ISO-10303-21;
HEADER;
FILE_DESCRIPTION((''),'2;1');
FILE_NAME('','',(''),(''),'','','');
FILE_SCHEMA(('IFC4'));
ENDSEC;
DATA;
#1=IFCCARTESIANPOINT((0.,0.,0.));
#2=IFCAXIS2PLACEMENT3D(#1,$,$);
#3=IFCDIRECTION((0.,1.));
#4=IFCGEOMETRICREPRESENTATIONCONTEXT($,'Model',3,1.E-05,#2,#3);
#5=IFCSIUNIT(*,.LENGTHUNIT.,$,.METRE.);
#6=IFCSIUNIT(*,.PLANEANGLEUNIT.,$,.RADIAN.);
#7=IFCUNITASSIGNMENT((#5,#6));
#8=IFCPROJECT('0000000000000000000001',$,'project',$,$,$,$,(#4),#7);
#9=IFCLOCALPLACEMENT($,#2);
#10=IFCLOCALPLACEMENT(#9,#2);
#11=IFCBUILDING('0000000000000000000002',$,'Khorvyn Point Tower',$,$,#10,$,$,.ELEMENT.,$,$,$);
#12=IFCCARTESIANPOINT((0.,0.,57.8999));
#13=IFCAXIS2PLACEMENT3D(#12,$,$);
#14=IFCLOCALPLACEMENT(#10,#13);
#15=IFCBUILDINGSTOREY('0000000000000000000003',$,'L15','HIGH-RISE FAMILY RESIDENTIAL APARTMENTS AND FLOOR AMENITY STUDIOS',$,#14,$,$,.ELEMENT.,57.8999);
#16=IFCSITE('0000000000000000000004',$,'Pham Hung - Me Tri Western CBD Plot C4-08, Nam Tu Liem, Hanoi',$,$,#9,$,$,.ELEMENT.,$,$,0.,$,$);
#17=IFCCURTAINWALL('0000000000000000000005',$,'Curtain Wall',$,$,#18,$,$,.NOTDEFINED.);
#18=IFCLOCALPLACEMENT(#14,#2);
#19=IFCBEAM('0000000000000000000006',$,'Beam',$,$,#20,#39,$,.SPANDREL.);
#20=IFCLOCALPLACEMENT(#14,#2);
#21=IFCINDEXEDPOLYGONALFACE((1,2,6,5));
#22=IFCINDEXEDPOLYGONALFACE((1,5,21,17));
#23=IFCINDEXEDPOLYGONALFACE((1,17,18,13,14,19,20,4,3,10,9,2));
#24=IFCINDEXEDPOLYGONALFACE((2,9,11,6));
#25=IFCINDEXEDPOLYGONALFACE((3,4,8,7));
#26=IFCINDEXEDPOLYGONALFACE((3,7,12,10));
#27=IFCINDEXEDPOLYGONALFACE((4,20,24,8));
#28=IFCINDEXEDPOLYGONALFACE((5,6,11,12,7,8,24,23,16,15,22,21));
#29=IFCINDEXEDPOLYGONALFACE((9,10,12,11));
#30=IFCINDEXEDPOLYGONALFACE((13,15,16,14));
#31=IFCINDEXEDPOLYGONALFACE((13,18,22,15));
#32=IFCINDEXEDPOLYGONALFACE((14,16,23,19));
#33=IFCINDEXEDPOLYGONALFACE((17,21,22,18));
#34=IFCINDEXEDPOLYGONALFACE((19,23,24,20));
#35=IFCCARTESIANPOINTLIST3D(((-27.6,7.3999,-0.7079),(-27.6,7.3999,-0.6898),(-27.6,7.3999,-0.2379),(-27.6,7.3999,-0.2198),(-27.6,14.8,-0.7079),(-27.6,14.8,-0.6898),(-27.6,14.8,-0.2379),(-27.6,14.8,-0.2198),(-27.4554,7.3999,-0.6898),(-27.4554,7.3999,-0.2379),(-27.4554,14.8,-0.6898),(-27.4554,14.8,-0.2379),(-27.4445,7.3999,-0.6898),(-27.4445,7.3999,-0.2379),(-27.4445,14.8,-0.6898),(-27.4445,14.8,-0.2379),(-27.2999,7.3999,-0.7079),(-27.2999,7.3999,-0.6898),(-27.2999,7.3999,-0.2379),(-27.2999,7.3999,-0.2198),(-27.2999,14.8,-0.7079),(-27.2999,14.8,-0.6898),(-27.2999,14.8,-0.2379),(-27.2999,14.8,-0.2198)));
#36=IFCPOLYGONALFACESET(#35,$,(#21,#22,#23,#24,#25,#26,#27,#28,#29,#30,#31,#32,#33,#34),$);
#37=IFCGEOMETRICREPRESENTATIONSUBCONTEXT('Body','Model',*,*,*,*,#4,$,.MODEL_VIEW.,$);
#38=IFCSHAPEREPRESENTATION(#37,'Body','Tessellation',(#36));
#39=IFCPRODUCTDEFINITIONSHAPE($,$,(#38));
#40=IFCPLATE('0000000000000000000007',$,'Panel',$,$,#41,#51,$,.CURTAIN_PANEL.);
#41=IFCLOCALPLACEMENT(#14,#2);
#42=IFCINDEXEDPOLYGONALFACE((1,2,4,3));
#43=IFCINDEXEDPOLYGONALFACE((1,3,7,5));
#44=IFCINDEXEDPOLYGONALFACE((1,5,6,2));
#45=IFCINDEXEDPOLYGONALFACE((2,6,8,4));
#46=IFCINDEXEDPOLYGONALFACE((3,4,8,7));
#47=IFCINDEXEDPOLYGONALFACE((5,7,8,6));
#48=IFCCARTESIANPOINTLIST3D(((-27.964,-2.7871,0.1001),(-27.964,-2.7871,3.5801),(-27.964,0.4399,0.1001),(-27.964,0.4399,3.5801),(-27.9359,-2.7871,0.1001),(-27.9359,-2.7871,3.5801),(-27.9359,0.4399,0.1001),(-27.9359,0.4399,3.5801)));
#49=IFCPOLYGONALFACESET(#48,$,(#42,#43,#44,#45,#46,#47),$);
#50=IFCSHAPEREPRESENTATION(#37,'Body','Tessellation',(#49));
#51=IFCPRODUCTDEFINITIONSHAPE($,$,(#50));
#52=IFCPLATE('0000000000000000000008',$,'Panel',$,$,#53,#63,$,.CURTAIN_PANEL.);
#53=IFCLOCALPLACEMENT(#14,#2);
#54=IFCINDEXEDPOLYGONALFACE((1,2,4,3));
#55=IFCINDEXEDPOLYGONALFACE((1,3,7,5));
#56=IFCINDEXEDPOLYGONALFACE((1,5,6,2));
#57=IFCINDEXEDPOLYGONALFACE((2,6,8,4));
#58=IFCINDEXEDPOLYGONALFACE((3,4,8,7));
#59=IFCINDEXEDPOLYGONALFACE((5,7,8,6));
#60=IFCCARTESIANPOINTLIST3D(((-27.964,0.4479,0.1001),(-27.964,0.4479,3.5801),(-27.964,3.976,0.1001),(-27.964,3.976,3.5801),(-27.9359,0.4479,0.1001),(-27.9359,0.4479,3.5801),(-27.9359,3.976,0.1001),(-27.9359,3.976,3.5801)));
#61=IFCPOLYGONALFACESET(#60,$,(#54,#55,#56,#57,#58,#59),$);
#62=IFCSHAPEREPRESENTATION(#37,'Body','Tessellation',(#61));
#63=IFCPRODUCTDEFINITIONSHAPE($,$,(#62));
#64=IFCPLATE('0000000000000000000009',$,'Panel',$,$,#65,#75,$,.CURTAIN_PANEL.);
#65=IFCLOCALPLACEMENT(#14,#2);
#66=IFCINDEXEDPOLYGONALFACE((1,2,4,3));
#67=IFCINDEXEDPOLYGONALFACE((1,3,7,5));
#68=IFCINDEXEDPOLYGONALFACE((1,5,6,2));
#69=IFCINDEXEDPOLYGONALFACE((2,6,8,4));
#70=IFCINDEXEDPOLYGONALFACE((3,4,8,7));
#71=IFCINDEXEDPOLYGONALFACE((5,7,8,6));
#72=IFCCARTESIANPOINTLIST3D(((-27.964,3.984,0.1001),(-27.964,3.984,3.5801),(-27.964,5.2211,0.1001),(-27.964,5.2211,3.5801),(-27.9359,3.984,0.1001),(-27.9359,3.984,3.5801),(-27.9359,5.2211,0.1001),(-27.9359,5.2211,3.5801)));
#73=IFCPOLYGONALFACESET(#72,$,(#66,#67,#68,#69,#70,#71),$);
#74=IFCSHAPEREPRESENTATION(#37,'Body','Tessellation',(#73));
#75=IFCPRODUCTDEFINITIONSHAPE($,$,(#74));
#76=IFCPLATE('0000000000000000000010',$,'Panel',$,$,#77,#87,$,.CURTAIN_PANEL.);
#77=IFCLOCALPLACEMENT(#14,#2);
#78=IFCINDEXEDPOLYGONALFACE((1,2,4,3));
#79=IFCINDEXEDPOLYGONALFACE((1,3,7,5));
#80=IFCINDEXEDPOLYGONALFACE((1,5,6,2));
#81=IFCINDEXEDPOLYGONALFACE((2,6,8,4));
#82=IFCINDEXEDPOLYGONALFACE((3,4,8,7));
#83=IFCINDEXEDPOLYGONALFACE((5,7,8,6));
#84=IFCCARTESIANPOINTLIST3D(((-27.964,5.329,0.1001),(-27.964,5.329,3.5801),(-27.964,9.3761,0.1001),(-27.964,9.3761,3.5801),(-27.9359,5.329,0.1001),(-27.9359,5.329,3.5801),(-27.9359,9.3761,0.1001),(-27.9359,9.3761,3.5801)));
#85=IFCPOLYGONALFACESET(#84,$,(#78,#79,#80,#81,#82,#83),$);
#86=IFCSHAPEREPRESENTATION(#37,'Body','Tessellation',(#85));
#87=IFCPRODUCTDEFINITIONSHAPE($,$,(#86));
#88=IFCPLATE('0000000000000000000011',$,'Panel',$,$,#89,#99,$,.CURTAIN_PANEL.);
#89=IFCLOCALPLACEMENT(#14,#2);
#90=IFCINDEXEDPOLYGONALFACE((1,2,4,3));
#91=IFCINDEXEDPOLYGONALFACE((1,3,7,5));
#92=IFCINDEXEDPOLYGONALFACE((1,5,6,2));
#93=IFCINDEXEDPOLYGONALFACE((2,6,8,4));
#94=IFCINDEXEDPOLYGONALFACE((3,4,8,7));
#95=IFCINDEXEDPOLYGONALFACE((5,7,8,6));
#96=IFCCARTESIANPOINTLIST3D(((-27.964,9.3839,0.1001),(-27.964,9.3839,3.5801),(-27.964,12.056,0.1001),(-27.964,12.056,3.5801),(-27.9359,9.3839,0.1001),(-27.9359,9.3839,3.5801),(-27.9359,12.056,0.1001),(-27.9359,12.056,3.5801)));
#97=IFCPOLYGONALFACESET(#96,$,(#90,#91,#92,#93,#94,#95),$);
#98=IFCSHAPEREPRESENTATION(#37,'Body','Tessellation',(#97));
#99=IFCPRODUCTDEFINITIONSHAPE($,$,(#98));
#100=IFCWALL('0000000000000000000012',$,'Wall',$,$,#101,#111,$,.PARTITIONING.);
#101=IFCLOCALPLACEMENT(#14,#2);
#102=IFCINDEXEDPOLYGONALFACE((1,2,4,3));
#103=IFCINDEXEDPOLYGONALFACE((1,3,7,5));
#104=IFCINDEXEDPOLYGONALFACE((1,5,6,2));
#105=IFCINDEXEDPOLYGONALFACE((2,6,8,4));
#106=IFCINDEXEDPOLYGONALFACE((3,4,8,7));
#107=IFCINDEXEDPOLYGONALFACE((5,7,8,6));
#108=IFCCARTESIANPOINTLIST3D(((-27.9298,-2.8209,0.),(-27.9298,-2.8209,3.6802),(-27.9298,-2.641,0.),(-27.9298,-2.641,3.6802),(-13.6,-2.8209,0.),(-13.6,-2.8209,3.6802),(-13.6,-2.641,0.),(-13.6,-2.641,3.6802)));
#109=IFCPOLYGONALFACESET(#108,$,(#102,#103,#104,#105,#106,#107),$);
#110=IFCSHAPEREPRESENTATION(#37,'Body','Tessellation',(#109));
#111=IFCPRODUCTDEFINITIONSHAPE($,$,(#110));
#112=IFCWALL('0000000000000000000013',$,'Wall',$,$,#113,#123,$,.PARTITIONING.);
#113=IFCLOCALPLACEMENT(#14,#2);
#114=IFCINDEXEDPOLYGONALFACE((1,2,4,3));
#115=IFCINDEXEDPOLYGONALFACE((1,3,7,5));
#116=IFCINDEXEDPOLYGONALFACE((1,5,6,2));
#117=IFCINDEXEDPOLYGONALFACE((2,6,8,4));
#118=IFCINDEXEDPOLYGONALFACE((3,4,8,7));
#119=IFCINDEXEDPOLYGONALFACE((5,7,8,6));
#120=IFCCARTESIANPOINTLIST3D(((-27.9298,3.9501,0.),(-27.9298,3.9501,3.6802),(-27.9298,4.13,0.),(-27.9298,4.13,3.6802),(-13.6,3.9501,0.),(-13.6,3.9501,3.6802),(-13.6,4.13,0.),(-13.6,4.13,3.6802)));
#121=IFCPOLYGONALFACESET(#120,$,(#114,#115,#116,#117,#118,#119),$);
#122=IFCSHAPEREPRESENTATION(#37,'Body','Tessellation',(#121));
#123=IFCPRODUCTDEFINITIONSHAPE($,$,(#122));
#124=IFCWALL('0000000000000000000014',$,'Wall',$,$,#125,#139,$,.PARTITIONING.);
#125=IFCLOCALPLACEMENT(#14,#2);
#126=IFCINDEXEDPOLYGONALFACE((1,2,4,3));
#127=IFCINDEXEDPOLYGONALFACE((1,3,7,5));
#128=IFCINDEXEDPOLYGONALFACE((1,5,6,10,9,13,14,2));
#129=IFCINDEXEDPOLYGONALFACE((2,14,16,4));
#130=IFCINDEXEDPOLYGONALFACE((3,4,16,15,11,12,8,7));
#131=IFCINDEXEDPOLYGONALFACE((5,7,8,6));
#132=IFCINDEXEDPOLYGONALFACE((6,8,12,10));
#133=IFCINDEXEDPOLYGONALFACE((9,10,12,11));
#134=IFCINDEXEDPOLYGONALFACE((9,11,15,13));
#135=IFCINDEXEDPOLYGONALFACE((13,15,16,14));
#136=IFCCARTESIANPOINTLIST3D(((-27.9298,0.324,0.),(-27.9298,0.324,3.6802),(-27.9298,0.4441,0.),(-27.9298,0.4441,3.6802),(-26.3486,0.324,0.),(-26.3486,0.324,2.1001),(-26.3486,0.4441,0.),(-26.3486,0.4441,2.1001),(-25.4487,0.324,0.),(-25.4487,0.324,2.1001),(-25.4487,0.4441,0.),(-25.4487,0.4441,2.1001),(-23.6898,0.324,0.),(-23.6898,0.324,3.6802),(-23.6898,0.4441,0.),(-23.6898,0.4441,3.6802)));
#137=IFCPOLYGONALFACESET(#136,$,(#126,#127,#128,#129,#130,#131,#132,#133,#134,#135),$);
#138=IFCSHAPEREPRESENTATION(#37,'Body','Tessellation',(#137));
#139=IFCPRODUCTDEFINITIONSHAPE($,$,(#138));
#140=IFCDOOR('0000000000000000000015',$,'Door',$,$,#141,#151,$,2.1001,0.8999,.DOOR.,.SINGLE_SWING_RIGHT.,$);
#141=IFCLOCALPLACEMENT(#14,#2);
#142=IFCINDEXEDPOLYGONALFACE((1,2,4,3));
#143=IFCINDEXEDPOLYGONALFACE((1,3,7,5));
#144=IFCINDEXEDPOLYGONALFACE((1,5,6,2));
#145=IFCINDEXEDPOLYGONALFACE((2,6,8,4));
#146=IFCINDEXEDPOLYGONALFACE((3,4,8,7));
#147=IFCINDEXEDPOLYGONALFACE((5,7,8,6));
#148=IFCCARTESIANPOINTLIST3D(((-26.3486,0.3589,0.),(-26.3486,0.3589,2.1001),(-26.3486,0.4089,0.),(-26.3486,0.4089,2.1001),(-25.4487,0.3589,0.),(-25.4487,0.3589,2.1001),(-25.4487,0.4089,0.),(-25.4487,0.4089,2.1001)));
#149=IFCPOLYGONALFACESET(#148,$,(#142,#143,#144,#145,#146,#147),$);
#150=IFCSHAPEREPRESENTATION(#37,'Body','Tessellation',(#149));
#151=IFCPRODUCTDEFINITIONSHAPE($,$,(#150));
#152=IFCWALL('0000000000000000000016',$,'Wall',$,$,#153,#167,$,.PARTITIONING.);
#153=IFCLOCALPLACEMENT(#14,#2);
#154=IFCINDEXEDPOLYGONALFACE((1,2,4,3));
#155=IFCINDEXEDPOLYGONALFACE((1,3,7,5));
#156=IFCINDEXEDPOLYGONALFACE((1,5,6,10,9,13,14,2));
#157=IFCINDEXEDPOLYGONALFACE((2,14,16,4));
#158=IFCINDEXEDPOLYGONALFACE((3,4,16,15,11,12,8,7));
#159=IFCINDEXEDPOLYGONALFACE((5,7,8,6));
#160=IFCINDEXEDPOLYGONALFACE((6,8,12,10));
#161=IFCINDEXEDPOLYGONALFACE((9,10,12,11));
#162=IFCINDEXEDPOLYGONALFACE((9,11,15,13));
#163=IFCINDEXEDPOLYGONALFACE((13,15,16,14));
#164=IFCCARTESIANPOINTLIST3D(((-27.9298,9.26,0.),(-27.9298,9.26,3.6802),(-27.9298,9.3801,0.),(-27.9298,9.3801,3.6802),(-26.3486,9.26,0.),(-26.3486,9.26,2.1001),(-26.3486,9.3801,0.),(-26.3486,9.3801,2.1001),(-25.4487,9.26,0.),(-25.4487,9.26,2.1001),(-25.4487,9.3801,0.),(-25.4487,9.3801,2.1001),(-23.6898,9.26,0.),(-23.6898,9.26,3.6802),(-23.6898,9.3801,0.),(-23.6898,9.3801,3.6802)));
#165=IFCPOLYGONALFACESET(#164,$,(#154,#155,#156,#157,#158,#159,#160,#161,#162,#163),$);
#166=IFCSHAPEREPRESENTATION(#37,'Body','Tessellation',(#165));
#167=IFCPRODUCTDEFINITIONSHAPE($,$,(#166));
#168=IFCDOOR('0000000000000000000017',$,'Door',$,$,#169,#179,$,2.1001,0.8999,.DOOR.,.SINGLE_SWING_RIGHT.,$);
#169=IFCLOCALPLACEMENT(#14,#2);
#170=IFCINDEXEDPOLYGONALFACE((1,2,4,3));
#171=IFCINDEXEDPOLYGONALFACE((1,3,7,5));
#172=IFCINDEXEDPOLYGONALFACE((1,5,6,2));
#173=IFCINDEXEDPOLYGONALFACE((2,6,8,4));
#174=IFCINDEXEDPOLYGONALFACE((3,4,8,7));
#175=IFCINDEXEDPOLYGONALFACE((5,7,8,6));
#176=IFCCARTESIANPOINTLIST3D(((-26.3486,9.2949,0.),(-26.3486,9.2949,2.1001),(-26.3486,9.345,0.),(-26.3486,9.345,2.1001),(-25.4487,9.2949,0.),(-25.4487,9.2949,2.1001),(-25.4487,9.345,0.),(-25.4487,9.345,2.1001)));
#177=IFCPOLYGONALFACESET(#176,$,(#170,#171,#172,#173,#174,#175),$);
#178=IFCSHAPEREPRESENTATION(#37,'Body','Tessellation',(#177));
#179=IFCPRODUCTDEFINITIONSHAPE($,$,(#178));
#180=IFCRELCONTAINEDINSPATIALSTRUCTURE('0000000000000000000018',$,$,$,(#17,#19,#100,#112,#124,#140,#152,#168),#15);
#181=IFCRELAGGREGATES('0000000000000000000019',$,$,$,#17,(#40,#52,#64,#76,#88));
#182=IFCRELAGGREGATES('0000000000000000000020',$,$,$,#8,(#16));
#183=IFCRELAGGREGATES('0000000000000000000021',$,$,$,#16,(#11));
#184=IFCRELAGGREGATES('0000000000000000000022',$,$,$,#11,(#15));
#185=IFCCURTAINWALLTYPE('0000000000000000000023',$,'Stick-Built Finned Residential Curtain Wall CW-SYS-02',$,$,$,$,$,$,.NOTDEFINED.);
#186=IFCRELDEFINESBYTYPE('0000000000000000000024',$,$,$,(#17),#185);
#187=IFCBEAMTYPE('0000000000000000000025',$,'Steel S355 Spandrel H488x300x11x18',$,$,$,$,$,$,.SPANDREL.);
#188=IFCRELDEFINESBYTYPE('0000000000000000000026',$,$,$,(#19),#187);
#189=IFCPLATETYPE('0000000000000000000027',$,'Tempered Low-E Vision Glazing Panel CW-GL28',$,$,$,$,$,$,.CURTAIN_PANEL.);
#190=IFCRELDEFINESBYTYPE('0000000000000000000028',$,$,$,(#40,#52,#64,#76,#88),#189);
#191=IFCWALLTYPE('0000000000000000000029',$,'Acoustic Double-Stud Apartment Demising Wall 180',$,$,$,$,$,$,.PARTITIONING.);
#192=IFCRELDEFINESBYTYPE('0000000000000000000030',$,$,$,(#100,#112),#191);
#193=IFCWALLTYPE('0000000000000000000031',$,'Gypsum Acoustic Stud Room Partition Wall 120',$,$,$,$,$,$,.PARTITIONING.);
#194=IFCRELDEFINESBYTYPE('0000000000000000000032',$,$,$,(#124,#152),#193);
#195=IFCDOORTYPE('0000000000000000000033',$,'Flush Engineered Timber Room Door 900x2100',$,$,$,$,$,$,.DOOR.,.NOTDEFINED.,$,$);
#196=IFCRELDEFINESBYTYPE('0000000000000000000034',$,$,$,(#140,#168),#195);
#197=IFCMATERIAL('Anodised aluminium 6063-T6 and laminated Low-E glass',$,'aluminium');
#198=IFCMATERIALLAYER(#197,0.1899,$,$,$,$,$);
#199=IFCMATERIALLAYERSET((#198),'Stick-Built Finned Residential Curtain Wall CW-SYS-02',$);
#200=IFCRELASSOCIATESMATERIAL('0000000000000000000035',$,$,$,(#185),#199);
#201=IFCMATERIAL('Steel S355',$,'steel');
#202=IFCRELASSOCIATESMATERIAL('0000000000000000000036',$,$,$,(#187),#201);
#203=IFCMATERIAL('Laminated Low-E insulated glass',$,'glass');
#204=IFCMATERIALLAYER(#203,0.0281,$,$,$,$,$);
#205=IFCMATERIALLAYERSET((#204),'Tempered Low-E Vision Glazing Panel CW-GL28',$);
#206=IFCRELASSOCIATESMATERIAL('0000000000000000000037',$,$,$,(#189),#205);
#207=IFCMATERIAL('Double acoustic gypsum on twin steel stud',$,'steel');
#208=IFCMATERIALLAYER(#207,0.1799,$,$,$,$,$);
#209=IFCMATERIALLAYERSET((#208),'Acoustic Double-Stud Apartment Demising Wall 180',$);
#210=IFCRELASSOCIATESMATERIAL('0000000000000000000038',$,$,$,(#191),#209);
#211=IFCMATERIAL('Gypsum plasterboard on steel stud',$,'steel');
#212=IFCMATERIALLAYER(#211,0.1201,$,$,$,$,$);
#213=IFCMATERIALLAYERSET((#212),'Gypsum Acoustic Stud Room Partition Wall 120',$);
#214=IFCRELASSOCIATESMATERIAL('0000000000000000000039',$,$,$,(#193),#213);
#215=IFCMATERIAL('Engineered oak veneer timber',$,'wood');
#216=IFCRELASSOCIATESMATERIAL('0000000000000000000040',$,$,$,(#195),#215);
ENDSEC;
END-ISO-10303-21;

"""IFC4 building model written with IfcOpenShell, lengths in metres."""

from ifc_helpers import new_model, si_unit, direction, frame, frame_2d, origin, origin_2d, place, context, subcontext, project, spatial, rectangle, i_section, extrude, material, layer, layer_set, material_profile, profile_set, type_object, element, fill, aggregate, save


model = new_model("IFC4")

# Units and contexts
model_context = context("Model", 3, precision=1e-05, world=origin(), true_north=direction((0.0, 1.0)))
body_context = subcontext(model_context, "Body", "Model", "MODEL_VIEW")
ifc_project = project(units=[si_unit("LENGTHUNIT", "METRE"), si_unit("PLANEANGLEUNIT", "RADIAN")], contexts=[model_context])

# Site, building, storey
site_placement = place(None, origin())
site = spatial("IfcSite", under=ifc_project, at=site_placement, Name="Pham Hung - Me Tri Western CBD Plot C4-08, Nam Tu Liem, Hanoi", CompositionType="ELEMENT", RefElevation=0.0)
building_placement = place(site_placement, origin())
building = spatial("IfcBuilding", under=site, at=building_placement, Name="Khorvyn Point Tower", CompositionType="ELEMENT")
storey_placement = place(building_placement, frame((0.0, 0.0, 57.8999)))
storey = spatial("IfcBuildingStorey", under=building, at=storey_placement, Name="L15", Description="HIGH-RISE FAMILY RESIDENTIAL APARTMENTS AND FLOOR AMENITY STUDIOS", CompositionType="ELEMENT", Elevation=57.8999)

# Curtain wall
ifc_material_1 = material(Name="Anodised aluminium 6063-T6 and laminated Low-E glass", Category="aluminium")
ifc_layer_1 = layer(ifc_material_1, 0.1899)
ifc_layer_set_1 = layer_set([ifc_layer_1], Name="Stick-Built Finned Residential Curtain Wall CW-SYS-02")
curtain_wall_type = type_object("IfcCurtainWallType", Name="Stick-Built Finned Residential Curtain Wall CW-SYS-02", PredefinedType="NOTDEFINED", material=ifc_layer_set_1)
curtain_wall_placement = place(storey_placement, origin())
curtain_wall = element("IfcCurtainWall", 1, at=curtain_wall_placement, inside=storey, type_object=curtain_wall_type, Name="Curtain Wall", PredefinedType="NOTDEFINED")

# Beam
ifc_material_2 = material(Name="Steel S355", Category="steel")
ifc_material_profile_1 = material_profile(ifc_material_2, i_section(OverallWidth=0.3, OverallDepth=0.488, WebThickness=0.011, FlangeThickness=0.0181, at=origin_2d()))
ifc_profile_set_1 = profile_set([ifc_material_profile_1], Name="Steel S355 H488x300x11x18")
beam_type_1 = type_object("IfcBeamType", Name="Steel S355 Spandrel H488x300x11x18", PredefinedType="SPANDREL", material=ifc_profile_set_1)
beam_1_placement = place(storey_placement, frame((-27.45, 7.3999, -0.4639), z_axis=(0.0, 1.0, 0.0), x_axis=(-1.0, 0.0, 0.0)))
element("IfcBeam", 2, at=beam_1_placement, inside=storey, type_object=beam_type_1, Name="Beam", PredefinedType="SPANDREL", context=body_context, shape_type="SweptSolid", body=[
    extrude(i_section(OverallWidth=0.3, OverallDepth=0.488, WebThickness=0.011, FlangeThickness=0.0181, at=origin_2d()), origin(), (0.0, 0.0, 1.0), 7.4001),
])

# Plates
ifc_material_3 = material(Name="Laminated Low-E insulated glass", Category="glass")
ifc_layer_2 = layer(ifc_material_3, 0.0281)
ifc_layer_set_2 = layer_set([ifc_layer_2], Name="Tempered Low-E Vision Glazing Panel CW-GL28")
plate_type = type_object("IfcPlateType", Name="Tempered Low-E Vision Glazing Panel CW-GL28", PredefinedType="CURTAIN_PANEL", material=ifc_layer_set_2)
plate_1_placement = place(storey_placement, frame((-27.95, -1.1736, 0.1001), z_axis=(0.0, 0.0, 1.0), x_axis=(0.0, 1.0, 0.0)))
plate_1 = element("IfcPlate", 3, at=plate_1_placement, type_object=plate_type, Name="Panel", PredefinedType="CURTAIN_PANEL", context=body_context, shape_type="SweptSolid", body=[
    extrude(rectangle(XDim=3.2271, YDim=0.0281, at=origin_2d()), origin(), (0.0, 0.0, 1.0), 3.48),
])
plate_2_placement = place(storey_placement, frame((-27.95, 2.2119, 0.1001), z_axis=(0.0, 0.0, 1.0), x_axis=(0.0, 1.0, 0.0)))
plate_2 = element("IfcPlate", 4, at=plate_2_placement, type_object=plate_type, Name="Panel", PredefinedType="CURTAIN_PANEL", context=body_context, shape_type="SweptSolid", body=[
    extrude(rectangle(XDim=3.5281, YDim=0.0281, at=origin_2d()), origin(), (0.0, 0.0, 1.0), 3.48),
])
plate_3_placement = place(storey_placement, frame((-27.95, 4.6025, 0.1001), z_axis=(0.0, 0.0, 1.0), x_axis=(0.0, 1.0, 0.0)))
plate_3 = element("IfcPlate", 5, at=plate_3_placement, type_object=plate_type, Name="Panel", PredefinedType="CURTAIN_PANEL", context=body_context, shape_type="SweptSolid", body=[
    extrude(rectangle(XDim=1.2371, YDim=0.0281, at=origin_2d()), origin(), (0.0, 0.0, 1.0), 3.48),
])
plate_4_placement = place(storey_placement, frame((-27.95, 7.3525, 0.1001), z_axis=(0.0, 0.0, 1.0), x_axis=(0.0, 1.0, 0.0)))
plate_4 = element("IfcPlate", 6, at=plate_4_placement, type_object=plate_type, Name="Panel", PredefinedType="CURTAIN_PANEL", context=body_context, shape_type="SweptSolid", body=[
    extrude(rectangle(XDim=4.0471, YDim=0.0281, at=origin_2d()), origin(), (0.0, 0.0, 1.0), 3.48),
])
plate_5_placement = place(storey_placement, frame((-27.95, 10.72, 0.1001), z_axis=(0.0, 0.0, 1.0), x_axis=(0.0, 1.0, 0.0)))
plate_5 = element("IfcPlate", 7, at=plate_5_placement, type_object=plate_type, Name="Panel", PredefinedType="CURTAIN_PANEL", context=body_context, shape_type="SweptSolid", body=[
    extrude(rectangle(XDim=2.6721, YDim=0.0281, at=origin_2d()), origin(), (0.0, 0.0, 1.0), 3.48),
])
aggregate(curtain_wall, [plate_1, plate_2, plate_3, plate_4, plate_5])

# Walls
ifc_material_4 = material(Name="Double acoustic gypsum on twin steel stud", Category="steel")
ifc_layer_3 = layer(ifc_material_4, 0.1799)
ifc_layer_set_3 = layer_set([ifc_layer_3], Name="Acoustic Double-Stud Apartment Demising Wall 180")
wall_type_1 = type_object("IfcWallType", Name="Acoustic Double-Stud Apartment Demising Wall 180", PredefinedType="PARTITIONING", material=ifc_layer_set_3)
for number, where, z_axis, x_axis, name in (
    (8, (-27.9299, -2.731, 0.0), (0.0, 0.0, 1.0), (1.0, 0.0, 0.0), "Wall"),
    (9, (-27.9299, 4.04, 0.0), (0.0, 0.0, 1.0), (1.0, 0.0, 0.0), "Wall"),
):
    element("IfcWall", number, at=place(storey_placement, frame(where, z_axis=z_axis, x_axis=x_axis)), inside=storey, type_object=wall_type_1, Name=name, PredefinedType="PARTITIONING", context=body_context, shape_type="SweptSolid", body=[
        extrude(rectangle(XDim=14.3298, YDim=0.1799, at=frame_2d((7.165, 0.0))), origin(), (0.0, 0.0, 1.0), 3.6802),
    ])

# Walls, openings, doors
ifc_material_5 = material(Name="Gypsum plasterboard on steel stud", Category="steel")
ifc_layer_4 = layer(ifc_material_5, 0.1201)
ifc_layer_set_4 = layer_set([ifc_layer_4], Name="Gypsum Acoustic Stud Room Partition Wall 120")
wall_type_2 = type_object("IfcWallType", Name="Gypsum Acoustic Stud Room Partition Wall 120", PredefinedType="PARTITIONING", material=ifc_layer_set_4)
wall_1_placement = place(storey_placement, frame((-27.9299, 0.384, 0.0), z_axis=(0.0, 0.0, 1.0), x_axis=(1.0, 0.0, 0.0)))
wall_1 = element("IfcWall", 10, at=wall_1_placement, inside=storey, type_object=wall_type_2, Name="Wall", PredefinedType="PARTITIONING", context=body_context, shape_type="SweptSolid", body=[
    extrude(rectangle(XDim=4.24, YDim=0.1201, at=frame_2d((2.1201, 0.0))), origin(), (0.0, 0.0, 1.0), 3.6802),
])
opening_1_placement = place(wall_1_placement, frame((1.5813, 0.0, 0.0)))
opening_1 = element("IfcOpeningElement", 11, at=opening_1_placement, cuts=wall_1, PredefinedType="OPENING", context=body_context, shape_type="SweptSolid", body=[
    extrude(rectangle(XDim=0.8999, YDim=2.1001, at=frame_2d((0.45, 1.05))), frame((0.0, 0.0701, 0.0), z_axis=(0.0, -1.0, 0.0), x_axis=(1.0, 0.0, 0.0)), (0.0, 0.0, 1.0), 0.1401),
])
ifc_material_6 = material(Name="Engineered oak veneer timber", Category="wood")
door_type_1 = type_object("IfcDoorType", Name="Flush Engineered Timber Room Door 900x2100", OperationType="NOTDEFINED", PredefinedType="DOOR", material=ifc_material_6)
door_1_placement = place(opening_1_placement, origin())
door_1 = element("IfcDoor", 12, at=door_1_placement, inside=storey, type_object=door_type_1, Name="Door", OperationType="SINGLE_SWING_RIGHT", OverallHeight=2.1001, OverallWidth=0.8999, PredefinedType="DOOR", context=body_context, shape_type="SweptSolid", body=[
    extrude(rectangle(XDim=0.8999, YDim=2.1001, at=frame_2d((0.45, 1.05))), frame((0.0, 0.0249, 0.0), z_axis=(0.0, -1.0, 0.0), x_axis=(1.0, 0.0, 0.0)), (0.0, 0.0, 1.0), 0.05),
])
fill(opening_1, door_1)
wall_2_placement = place(storey_placement, frame((-27.9299, 9.3201, 0.0), z_axis=(0.0, 0.0, 1.0), x_axis=(1.0, 0.0, 0.0)))
wall_2 = element("IfcWall", 13, at=wall_2_placement, inside=storey, type_object=wall_type_2, Name="Wall", PredefinedType="PARTITIONING", context=body_context, shape_type="SweptSolid", body=[
    extrude(rectangle(XDim=4.24, YDim=0.1201, at=frame_2d((2.1201, 0.0))), origin(), (0.0, 0.0, 1.0), 3.6802),
])
opening_2_placement = place(wall_2_placement, frame((1.5813, 0.0, 0.0)))
opening_2 = element("IfcOpeningElement", 14, at=opening_2_placement, cuts=wall_2, PredefinedType="OPENING", context=body_context, shape_type="SweptSolid", body=[
    extrude(rectangle(XDim=0.8999, YDim=2.1001, at=frame_2d((0.45, 1.05))), frame((0.0, 0.0701, 0.0), z_axis=(0.0, -1.0, 0.0), x_axis=(1.0, 0.0, 0.0)), (0.0, 0.0, 1.0), 0.1401),
])
door_2_placement = place(opening_2_placement, origin())
door_2 = element("IfcDoor", 15, at=door_2_placement, inside=storey, type_object=door_type_1, Name="Door", OperationType="SINGLE_SWING_RIGHT", OverallHeight=2.1001, OverallWidth=0.8999, PredefinedType="DOOR", context=body_context, shape_type="SweptSolid", body=[
    extrude(rectangle(XDim=0.8999, YDim=2.1001, at=frame_2d((0.45, 1.05))), frame((0.0, 0.0249, 0.0), z_axis=(0.0, -1.0, 0.0), x_axis=(1.0, 0.0, 0.0)), (0.0, 0.0, 1.0), 0.05),
])
fill(opening_2, door_2)

save(model, "model.ifc")
